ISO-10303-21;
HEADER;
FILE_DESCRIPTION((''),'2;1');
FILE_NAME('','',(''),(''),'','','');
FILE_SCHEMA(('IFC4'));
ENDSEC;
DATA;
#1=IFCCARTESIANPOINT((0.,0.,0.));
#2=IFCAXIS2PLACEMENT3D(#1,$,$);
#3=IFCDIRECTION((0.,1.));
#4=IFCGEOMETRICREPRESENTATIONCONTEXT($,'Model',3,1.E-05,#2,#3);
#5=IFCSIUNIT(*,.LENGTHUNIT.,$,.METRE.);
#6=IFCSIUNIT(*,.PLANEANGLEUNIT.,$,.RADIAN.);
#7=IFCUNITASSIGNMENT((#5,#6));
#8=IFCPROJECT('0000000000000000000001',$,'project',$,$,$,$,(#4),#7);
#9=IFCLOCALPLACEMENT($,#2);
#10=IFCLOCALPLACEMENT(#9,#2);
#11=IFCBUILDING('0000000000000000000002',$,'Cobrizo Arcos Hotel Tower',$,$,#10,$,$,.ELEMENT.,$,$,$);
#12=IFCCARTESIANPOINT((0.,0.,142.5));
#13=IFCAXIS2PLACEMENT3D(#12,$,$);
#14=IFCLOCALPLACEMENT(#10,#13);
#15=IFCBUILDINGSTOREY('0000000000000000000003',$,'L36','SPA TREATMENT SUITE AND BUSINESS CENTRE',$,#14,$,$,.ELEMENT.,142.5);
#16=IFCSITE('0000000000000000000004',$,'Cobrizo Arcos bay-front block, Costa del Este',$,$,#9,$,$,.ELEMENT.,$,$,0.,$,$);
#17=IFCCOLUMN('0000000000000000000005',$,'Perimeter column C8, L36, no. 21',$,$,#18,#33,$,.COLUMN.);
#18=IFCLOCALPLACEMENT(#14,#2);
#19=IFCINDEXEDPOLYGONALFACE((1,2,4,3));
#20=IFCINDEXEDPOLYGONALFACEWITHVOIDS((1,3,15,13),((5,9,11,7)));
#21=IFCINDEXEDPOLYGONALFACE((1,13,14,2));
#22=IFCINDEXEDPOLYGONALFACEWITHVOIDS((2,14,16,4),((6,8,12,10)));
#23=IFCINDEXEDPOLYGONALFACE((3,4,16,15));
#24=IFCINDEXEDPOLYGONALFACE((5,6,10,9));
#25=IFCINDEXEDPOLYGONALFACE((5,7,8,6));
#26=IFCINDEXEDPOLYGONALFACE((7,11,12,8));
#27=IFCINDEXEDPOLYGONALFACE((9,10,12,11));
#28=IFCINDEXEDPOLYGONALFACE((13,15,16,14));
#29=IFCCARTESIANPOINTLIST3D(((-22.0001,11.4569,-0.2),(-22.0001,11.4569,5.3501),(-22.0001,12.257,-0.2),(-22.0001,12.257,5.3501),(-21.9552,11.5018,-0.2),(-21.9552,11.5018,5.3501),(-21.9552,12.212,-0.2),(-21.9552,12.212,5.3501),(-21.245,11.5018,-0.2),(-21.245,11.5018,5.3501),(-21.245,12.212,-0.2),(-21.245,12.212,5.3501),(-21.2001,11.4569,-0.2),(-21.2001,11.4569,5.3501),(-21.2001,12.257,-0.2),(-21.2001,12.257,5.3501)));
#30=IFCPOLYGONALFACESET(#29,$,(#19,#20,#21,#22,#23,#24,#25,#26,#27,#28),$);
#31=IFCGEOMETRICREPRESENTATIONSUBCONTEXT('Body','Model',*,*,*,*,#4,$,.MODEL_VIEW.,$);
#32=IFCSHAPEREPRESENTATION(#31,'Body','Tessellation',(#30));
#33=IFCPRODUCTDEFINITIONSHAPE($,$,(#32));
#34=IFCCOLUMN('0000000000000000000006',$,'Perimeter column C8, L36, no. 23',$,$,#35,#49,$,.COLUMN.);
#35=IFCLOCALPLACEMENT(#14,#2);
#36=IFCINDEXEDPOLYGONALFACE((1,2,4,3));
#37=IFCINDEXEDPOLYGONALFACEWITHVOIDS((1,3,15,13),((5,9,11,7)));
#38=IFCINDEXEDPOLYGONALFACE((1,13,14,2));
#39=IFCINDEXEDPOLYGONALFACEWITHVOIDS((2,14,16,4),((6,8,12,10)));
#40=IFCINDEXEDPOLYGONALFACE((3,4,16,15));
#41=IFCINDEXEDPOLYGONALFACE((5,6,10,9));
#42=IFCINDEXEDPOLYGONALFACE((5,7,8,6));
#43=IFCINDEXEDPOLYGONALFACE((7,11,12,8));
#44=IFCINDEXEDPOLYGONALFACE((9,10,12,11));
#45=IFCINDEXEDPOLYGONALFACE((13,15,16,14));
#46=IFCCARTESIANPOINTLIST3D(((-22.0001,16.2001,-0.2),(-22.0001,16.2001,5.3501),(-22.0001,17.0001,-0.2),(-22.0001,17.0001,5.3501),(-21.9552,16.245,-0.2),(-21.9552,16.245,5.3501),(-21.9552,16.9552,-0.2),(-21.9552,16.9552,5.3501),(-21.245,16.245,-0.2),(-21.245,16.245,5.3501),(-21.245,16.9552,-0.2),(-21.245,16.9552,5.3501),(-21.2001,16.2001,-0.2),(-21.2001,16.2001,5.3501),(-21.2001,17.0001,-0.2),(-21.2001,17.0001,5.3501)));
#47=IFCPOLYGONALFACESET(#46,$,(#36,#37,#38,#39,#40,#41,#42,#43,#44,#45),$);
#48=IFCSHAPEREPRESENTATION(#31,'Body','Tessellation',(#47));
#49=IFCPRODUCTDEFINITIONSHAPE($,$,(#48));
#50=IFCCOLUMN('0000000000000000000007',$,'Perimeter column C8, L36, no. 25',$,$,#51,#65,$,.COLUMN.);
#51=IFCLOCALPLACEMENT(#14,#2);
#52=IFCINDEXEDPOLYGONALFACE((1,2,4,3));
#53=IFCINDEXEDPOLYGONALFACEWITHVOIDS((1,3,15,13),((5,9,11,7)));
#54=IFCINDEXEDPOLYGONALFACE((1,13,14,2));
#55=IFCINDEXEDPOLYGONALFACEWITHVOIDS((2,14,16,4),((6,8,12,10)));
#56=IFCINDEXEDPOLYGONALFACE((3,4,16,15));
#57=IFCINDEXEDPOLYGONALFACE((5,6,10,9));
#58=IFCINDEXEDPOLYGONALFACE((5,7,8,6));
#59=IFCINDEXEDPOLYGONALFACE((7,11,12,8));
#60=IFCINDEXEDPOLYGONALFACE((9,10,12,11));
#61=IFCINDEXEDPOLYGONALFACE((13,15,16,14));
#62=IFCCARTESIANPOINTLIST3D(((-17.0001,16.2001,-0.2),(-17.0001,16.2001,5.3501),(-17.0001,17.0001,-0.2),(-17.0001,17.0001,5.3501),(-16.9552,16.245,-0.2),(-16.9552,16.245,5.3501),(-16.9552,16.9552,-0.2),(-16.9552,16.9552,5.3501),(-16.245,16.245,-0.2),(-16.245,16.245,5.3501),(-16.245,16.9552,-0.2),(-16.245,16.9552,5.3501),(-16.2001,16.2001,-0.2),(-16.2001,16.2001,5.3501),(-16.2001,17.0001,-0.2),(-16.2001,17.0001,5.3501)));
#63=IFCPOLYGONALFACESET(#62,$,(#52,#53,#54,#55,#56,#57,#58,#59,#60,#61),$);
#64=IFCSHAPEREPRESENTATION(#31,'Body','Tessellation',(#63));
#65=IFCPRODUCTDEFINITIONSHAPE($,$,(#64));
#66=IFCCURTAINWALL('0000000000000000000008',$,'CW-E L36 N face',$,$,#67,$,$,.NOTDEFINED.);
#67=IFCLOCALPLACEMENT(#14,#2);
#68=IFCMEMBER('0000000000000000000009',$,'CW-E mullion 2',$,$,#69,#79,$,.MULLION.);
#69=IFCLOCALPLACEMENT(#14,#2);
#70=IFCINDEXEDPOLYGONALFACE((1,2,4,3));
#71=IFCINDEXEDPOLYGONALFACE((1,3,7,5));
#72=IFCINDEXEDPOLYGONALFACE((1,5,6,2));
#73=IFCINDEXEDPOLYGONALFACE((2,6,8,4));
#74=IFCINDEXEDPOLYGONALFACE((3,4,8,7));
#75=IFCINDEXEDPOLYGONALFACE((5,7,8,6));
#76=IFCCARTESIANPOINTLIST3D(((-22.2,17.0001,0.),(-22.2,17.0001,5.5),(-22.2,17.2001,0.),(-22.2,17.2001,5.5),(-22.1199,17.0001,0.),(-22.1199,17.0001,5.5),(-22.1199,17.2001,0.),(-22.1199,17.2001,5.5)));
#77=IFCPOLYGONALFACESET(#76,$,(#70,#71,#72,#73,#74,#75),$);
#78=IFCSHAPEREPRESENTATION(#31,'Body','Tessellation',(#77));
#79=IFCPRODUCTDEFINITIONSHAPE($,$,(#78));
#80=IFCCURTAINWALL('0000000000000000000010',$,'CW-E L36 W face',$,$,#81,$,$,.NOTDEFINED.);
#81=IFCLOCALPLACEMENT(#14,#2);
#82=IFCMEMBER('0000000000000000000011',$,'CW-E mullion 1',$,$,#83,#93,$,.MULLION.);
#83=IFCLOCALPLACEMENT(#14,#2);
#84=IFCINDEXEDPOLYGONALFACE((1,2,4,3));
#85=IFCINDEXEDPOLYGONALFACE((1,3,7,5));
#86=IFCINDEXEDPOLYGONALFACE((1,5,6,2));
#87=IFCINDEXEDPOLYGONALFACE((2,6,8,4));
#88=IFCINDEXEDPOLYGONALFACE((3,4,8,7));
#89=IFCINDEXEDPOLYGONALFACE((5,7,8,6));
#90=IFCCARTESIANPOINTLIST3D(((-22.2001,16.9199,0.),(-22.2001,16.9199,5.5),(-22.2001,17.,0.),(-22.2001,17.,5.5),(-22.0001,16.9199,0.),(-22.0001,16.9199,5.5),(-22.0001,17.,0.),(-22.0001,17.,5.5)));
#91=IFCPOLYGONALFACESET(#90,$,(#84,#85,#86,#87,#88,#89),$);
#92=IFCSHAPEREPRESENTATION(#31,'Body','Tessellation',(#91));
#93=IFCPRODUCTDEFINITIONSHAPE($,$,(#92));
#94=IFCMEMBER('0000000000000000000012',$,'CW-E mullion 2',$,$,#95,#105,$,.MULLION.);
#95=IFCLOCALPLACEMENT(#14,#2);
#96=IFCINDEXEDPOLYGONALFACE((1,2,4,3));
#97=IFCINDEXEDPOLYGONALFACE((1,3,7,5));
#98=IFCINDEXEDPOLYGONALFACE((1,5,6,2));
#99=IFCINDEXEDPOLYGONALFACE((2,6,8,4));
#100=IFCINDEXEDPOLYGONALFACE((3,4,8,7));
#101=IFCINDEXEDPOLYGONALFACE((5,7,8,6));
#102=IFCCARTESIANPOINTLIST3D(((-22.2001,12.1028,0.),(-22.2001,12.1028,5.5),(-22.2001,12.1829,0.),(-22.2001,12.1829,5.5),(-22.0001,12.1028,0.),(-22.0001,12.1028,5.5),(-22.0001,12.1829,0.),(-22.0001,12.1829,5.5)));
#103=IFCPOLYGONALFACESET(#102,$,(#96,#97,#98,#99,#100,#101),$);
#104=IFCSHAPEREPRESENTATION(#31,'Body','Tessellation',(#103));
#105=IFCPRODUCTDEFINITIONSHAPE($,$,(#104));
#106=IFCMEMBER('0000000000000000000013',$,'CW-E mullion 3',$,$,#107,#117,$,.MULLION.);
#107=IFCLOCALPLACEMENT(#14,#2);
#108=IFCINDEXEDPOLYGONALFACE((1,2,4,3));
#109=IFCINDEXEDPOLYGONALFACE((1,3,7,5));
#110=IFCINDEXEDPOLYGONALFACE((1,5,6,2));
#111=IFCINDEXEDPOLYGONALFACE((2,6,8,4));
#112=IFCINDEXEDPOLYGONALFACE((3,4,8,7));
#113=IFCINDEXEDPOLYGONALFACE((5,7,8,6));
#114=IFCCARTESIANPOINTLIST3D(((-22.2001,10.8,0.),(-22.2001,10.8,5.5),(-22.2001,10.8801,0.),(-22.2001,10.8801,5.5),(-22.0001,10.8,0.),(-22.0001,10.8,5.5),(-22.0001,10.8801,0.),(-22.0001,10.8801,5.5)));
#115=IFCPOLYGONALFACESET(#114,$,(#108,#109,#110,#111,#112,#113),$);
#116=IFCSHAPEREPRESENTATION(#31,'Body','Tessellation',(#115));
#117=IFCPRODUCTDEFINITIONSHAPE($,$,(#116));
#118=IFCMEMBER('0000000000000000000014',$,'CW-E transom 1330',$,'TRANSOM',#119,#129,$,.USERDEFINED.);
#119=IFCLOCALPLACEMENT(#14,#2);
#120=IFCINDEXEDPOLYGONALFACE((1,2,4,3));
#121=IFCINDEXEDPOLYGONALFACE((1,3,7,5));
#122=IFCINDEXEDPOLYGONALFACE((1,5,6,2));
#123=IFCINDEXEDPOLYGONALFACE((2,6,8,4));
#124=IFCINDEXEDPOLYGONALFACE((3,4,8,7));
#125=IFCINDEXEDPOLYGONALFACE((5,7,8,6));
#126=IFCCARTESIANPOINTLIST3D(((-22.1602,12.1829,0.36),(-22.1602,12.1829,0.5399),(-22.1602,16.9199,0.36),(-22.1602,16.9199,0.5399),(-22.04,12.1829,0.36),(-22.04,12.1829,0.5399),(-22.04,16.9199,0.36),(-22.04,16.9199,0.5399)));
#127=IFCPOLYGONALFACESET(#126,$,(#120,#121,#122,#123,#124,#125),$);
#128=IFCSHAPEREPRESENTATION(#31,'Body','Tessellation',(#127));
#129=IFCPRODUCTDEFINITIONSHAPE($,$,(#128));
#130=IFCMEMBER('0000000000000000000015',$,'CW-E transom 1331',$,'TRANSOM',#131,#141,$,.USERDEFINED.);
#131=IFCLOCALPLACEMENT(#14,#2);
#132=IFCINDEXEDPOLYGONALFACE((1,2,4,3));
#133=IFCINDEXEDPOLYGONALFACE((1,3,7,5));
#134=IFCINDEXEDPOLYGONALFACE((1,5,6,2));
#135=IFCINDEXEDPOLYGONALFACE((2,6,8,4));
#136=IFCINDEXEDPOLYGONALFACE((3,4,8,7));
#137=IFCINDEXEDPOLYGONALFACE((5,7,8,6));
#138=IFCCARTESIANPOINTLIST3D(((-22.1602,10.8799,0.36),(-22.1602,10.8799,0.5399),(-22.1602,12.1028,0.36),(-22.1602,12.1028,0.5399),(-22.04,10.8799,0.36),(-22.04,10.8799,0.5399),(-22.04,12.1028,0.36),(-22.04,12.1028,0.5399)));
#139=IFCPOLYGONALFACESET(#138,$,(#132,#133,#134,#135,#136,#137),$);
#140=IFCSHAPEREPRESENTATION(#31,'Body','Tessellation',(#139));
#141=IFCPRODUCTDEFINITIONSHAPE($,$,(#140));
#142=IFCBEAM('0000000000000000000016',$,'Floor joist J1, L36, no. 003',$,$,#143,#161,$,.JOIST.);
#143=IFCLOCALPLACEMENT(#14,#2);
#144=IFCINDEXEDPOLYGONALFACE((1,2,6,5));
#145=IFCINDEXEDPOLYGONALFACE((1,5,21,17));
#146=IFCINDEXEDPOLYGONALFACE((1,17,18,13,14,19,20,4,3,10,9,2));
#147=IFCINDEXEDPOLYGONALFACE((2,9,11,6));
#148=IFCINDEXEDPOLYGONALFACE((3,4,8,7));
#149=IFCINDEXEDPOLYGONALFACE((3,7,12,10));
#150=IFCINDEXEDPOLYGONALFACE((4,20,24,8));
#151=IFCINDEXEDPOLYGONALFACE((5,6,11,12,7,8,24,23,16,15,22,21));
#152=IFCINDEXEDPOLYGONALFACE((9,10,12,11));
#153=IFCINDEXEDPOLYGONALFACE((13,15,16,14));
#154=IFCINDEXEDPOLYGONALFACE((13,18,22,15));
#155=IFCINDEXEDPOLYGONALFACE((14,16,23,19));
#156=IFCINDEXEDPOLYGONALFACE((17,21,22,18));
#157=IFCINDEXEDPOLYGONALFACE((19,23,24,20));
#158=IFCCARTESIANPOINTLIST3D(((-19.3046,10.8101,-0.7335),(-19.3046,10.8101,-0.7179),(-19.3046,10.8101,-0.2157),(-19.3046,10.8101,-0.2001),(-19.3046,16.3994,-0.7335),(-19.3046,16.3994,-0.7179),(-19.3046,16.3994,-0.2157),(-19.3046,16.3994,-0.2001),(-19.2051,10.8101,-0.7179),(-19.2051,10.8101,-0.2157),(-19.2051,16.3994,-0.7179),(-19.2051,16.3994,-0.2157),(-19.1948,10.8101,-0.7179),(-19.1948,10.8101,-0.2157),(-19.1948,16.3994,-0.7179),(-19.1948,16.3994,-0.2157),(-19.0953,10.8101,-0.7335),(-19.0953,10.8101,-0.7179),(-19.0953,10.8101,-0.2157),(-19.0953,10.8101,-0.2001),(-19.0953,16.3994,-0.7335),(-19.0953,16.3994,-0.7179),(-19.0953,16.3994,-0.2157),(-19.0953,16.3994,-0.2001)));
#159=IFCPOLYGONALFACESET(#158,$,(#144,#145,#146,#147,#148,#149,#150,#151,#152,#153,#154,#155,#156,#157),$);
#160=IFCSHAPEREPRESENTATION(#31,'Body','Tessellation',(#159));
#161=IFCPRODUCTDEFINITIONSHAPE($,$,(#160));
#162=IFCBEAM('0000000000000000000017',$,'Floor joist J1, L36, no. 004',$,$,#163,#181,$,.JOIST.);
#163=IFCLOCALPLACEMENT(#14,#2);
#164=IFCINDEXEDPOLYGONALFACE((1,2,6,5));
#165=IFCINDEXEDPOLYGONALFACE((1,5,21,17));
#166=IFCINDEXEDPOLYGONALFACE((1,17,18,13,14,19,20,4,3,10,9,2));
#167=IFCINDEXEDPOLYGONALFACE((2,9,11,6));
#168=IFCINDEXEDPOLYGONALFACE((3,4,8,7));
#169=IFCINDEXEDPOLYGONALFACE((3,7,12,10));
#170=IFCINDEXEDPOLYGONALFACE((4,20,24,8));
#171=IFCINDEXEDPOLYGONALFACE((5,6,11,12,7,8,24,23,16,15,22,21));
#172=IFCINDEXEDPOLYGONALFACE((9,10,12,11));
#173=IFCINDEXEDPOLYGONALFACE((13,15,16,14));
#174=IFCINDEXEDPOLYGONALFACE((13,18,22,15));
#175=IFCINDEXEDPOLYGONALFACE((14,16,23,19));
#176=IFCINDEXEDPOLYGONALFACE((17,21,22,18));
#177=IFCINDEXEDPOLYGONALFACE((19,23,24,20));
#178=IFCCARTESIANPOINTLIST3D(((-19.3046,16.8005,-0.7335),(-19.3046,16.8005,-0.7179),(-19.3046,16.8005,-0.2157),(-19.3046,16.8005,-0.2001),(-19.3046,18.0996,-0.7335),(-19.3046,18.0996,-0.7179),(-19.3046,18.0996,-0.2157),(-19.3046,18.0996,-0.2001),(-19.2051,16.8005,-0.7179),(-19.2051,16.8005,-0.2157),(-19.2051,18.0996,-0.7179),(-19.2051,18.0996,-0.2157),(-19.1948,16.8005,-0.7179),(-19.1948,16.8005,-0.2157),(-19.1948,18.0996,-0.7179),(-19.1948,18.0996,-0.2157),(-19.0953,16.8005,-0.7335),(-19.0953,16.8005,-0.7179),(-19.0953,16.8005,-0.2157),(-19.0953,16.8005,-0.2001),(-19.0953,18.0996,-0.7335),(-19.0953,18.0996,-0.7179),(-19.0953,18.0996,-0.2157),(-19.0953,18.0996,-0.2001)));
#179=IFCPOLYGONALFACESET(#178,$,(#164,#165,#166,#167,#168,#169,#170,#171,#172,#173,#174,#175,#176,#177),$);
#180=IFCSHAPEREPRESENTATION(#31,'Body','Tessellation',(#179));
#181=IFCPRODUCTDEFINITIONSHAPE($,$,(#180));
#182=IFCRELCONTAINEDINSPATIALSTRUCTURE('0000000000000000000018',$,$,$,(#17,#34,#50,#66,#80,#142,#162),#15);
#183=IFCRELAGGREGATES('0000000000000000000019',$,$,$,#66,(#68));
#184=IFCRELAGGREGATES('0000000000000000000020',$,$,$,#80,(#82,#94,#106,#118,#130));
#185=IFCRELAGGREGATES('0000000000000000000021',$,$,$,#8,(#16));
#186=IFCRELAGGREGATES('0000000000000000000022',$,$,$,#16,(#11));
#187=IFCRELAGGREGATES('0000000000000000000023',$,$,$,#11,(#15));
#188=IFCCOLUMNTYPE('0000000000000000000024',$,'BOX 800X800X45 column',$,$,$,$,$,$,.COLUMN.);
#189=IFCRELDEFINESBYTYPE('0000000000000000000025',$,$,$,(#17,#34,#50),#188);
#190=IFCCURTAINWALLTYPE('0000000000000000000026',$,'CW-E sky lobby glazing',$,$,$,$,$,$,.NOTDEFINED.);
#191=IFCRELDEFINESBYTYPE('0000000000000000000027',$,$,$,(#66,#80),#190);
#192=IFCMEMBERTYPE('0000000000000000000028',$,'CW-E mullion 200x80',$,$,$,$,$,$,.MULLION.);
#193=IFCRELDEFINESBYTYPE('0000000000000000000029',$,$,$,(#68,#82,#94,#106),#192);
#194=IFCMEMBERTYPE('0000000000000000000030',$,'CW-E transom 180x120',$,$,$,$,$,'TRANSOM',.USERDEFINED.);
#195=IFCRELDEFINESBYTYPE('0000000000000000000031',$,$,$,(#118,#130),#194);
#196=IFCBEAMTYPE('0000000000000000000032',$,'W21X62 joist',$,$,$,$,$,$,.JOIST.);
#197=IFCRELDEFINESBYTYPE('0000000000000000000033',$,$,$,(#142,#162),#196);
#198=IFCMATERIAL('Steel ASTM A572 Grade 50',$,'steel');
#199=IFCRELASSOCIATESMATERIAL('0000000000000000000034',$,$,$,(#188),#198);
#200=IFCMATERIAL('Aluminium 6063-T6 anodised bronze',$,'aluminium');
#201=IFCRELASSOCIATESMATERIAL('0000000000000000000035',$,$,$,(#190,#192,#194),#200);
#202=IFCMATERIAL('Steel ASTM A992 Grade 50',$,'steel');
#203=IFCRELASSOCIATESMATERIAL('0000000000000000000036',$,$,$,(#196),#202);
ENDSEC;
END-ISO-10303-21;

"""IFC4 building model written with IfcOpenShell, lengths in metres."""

from ifc_helpers import new_model, si_unit, direction, frame, origin, origin_2d, place, context, subcontext, project, spatial, rectangle, hollow_rectangle, i_section, extrude, material, material_profile, profile_set, type_object, element, aggregate, save


model = new_model("IFC4")

# Units and contexts
model_context = context("Model", 3, precision=1e-05, world=origin(), true_north=direction((0.0, 1.0)))
body_context = subcontext(model_context, "Body", "Model", "MODEL_VIEW")
ifc_project = project(units=[si_unit("LENGTHUNIT", "METRE"), si_unit("PLANEANGLEUNIT", "RADIAN")], contexts=[model_context])

# Site, building, storey
site_placement = place(None, origin())
site = spatial("IfcSite", under=ifc_project, at=site_placement, Name="Cobrizo Arcos bay-front block, Costa del Este", CompositionType="ELEMENT", RefElevation=0.0)
building_placement = place(site_placement, origin())
building = spatial("IfcBuilding", under=site, at=building_placement, Name="Cobrizo Arcos Hotel Tower", CompositionType="ELEMENT")
storey_placement = place(building_placement, frame((0.0, 0.0, 142.5)))
storey = spatial("IfcBuildingStorey", under=building, at=storey_placement, Name="L36", Description="SPA TREATMENT SUITE AND BUSINESS CENTRE", CompositionType="ELEMENT", Elevation=142.5)

# Columns
ifc_material_1 = material(Name="Steel ASTM A572 Grade 50", Category="steel")
ifc_material_profile_1 = material_profile(ifc_material_1, hollow_rectangle(XDim=0.8, YDim=0.8, WallThickness=0.0449, at=origin_2d()), Name="BOX 800X800X45")
ifc_profile_set_1 = profile_set([ifc_material_profile_1], Name="Steel ASTM A572 Grade 50")
column_type = type_object("IfcColumnType", Name="BOX 800X800X45 column", PredefinedType="COLUMN", material=ifc_profile_set_1)
for number, where, z_axis, x_axis, name in (
    (1, (-21.6001, 11.8569, -0.2), (0.0, 0.0, 1.0), (1.0, 0.0, 0.0), "Perimeter column C8, L36, no. 21"),
    (2, (-21.6001, 16.6001, -0.2), (0.0, 0.0, 1.0), (1.0, 0.0, 0.0), "Perimeter column C8, L36, no. 23"),
    (3, (-16.6001, 16.6001, -0.2), (0.0, 0.0, 1.0), (1.0, 0.0, 0.0), "Perimeter column C8, L36, no. 25"),
):
    element("IfcColumn", number, at=place(storey_placement, frame(where, z_axis=z_axis, x_axis=x_axis)), inside=storey, type_object=column_type, Name=name, PredefinedType="COLUMN", context=body_context, shape_type="SweptSolid", body=[
        extrude(hollow_rectangle(XDim=0.8, YDim=0.8, WallThickness=0.0449, at=origin_2d()), origin(), (0.0, 0.0, 1.0), 5.55),
    ])

# Curtain wall, member
ifc_material_2 = material(Name="Aluminium 6063-T6 anodised bronze", Category="aluminium")
curtain_wall_type = type_object("IfcCurtainWallType", Name="CW-E sky lobby glazing", PredefinedType="NOTDEFINED", material=ifc_material_2)
curtain_wall_1_placement = place(storey_placement, origin())
curtain_wall_1 = element("IfcCurtainWall", 4, at=curtain_wall_1_placement, inside=storey, type_object=curtain_wall_type, Name="CW-E L36 N face", PredefinedType="NOTDEFINED")
ifc_material_profile_2 = material_profile(ifc_material_2, rectangle(XDim=0.2, YDim=0.0801, at=origin_2d()), Name="CW-E mullion 200x80")
ifc_profile_set_2 = profile_set([ifc_material_profile_2], Name="Aluminium 6063-T6 anodised bronze")
member_type_1 = type_object("IfcMemberType", Name="CW-E mullion 200x80", PredefinedType="MULLION", material=ifc_profile_set_2)
member_1_placement = place(storey_placement, frame((-22.1599, 17.1001, 0.0), z_axis=(0.0, 0.0, 1.0), x_axis=(0.0, 1.0, 0.0)))
member_1 = element("IfcMember", 5, at=member_1_placement, type_object=member_type_1, Name="CW-E mullion 2", PredefinedType="MULLION", context=body_context, shape_type="SweptSolid", body=[
    extrude(rectangle(XDim=0.2, YDim=0.0801, at=origin_2d()), origin(), (0.0, 0.0, 1.0), 5.5),
])

# Curtain wall, members
curtain_wall_2_placement = place(storey_placement, origin())
curtain_wall_2 = element("IfcCurtainWall", 6, at=curtain_wall_2_placement, inside=storey, type_object=curtain_wall_type, Name="CW-E L36 W face", PredefinedType="NOTDEFINED")
member_2_placement = place(storey_placement, frame((-22.1001, 16.96, 0.0), z_axis=(0.0, 0.0, 1.0), x_axis=(-1.0, 0.0, 0.0)))
member_2 = element("IfcMember", 7, at=member_2_placement, type_object=member_type_1, Name="CW-E mullion 1", PredefinedType="MULLION", context=body_context, shape_type="SweptSolid", body=[
    extrude(rectangle(XDim=0.2, YDim=0.0801, at=origin_2d()), origin(), (0.0, 0.0, 1.0), 5.5),
])
member_3_placement = place(storey_placement, frame((-22.1001, 12.1428, 0.0), z_axis=(0.0, 0.0, 1.0), x_axis=(-1.0, 0.0, 0.0)))
member_3 = element("IfcMember", 8, at=member_3_placement, type_object=member_type_1, Name="CW-E mullion 2", PredefinedType="MULLION", context=body_context, shape_type="SweptSolid", body=[
    extrude(rectangle(XDim=0.2, YDim=0.0801, at=origin_2d()), origin(), (0.0, 0.0, 1.0), 5.5),
])
member_4_placement = place(storey_placement, frame((-22.1001, 10.8401, 0.0), z_axis=(0.0, 0.0, 1.0), x_axis=(-1.0, 0.0, 0.0)))
member_4 = element("IfcMember", 9, at=member_4_placement, type_object=member_type_1, Name="CW-E mullion 3", PredefinedType="MULLION", context=body_context, shape_type="SweptSolid", body=[
    extrude(rectangle(XDim=0.2, YDim=0.0801, at=origin_2d()), origin(), (0.0, 0.0, 1.0), 5.5),
])
ifc_material_profile_3 = material_profile(ifc_material_2, rectangle(XDim=0.1201, YDim=0.1799, at=origin_2d()), Name="CW-E transom 180x120")
ifc_profile_set_3 = profile_set([ifc_material_profile_3], Name="Aluminium 6063-T6 anodised bronze")
member_type_2 = type_object("IfcMemberType", Name="CW-E transom 180x120", ElementType="TRANSOM", PredefinedType="USERDEFINED", material=ifc_profile_set_3)
member_5_placement = place(storey_placement, frame((-22.1001, 16.9199, 0.45), z_axis=(0.0, -1.0, 0.0), x_axis=(1.0, 0.0, 0.0)))
member_5 = element("IfcMember", 10, at=member_5_placement, type_object=member_type_2, Name="CW-E transom 1330", ObjectType="TRANSOM", PredefinedType="USERDEFINED", context=body_context, shape_type="SweptSolid", body=[
    extrude(rectangle(XDim=0.1201, YDim=0.1799, at=origin_2d()), origin(), (0.0, 0.0, 1.0), 4.7371),
])
member_6_placement = place(storey_placement, frame((-22.1001, 12.1028, 0.45), z_axis=(0.0, -1.0, 0.0), x_axis=(1.0, 0.0, 0.0)))
member_6 = element("IfcMember", 11, at=member_6_placement, type_object=member_type_2, Name="CW-E transom 1331", ObjectType="TRANSOM", PredefinedType="USERDEFINED", context=body_context, shape_type="SweptSolid", body=[
    extrude(rectangle(XDim=0.1201, YDim=0.1799, at=origin_2d()), origin(), (0.0, 0.0, 1.0), 1.2229),
])

# Beams
ifc_material_3 = material(Name="Steel ASTM A992 Grade 50", Category="steel")
ifc_material_profile_4 = material_profile(ifc_material_3, i_section(OverallWidth=0.2092, OverallDepth=0.5334, WebThickness=0.0103, FlangeThickness=0.0156, at=origin_2d()), Name="W21X62")
ifc_profile_set_4 = profile_set([ifc_material_profile_4], Name="Steel ASTM A992 Grade 50")
beam_type_1 = type_object("IfcBeamType", Name="W21X62 joist", PredefinedType="JOIST", material=ifc_profile_set_4)
beam_1_placement = place(storey_placement, frame((-19.2, 10.8101, -0.4668), z_axis=(0.0, 1.0, 0.0), x_axis=(-1.0, 0.0, 0.0)))
element("IfcBeam", 12, at=beam_1_placement, inside=storey, type_object=beam_type_1, Name="Floor joist J1, L36, no. 003", PredefinedType="JOIST", context=body_context, shape_type="SweptSolid", body=[
    extrude(i_section(OverallWidth=0.2092, OverallDepth=0.5334, WebThickness=0.0103, FlangeThickness=0.0156, at=origin_2d()), origin(), (0.0, 0.0, 1.0), 5.5894),
])
beam_2_placement = place(storey_placement, frame((-19.2, 16.8005, -0.4668), z_axis=(0.0, 1.0, 0.0), x_axis=(-1.0, 0.0, 0.0)))
element("IfcBeam", 13, at=beam_2_placement, inside=storey, type_object=beam_type_1, Name="Floor joist J1, L36, no. 004", PredefinedType="JOIST", context=body_context, shape_type="SweptSolid", body=[
    extrude(i_section(OverallWidth=0.2092, OverallDepth=0.5334, WebThickness=0.0103, FlangeThickness=0.0156, at=origin_2d()), origin(), (0.0, 0.0, 1.0), 1.2991),
])

aggregate(curtain_wall_1, [member_1])
aggregate(curtain_wall_2, [member_2, member_3, member_4, member_5, member_6])

save(model, "model.ifc")
